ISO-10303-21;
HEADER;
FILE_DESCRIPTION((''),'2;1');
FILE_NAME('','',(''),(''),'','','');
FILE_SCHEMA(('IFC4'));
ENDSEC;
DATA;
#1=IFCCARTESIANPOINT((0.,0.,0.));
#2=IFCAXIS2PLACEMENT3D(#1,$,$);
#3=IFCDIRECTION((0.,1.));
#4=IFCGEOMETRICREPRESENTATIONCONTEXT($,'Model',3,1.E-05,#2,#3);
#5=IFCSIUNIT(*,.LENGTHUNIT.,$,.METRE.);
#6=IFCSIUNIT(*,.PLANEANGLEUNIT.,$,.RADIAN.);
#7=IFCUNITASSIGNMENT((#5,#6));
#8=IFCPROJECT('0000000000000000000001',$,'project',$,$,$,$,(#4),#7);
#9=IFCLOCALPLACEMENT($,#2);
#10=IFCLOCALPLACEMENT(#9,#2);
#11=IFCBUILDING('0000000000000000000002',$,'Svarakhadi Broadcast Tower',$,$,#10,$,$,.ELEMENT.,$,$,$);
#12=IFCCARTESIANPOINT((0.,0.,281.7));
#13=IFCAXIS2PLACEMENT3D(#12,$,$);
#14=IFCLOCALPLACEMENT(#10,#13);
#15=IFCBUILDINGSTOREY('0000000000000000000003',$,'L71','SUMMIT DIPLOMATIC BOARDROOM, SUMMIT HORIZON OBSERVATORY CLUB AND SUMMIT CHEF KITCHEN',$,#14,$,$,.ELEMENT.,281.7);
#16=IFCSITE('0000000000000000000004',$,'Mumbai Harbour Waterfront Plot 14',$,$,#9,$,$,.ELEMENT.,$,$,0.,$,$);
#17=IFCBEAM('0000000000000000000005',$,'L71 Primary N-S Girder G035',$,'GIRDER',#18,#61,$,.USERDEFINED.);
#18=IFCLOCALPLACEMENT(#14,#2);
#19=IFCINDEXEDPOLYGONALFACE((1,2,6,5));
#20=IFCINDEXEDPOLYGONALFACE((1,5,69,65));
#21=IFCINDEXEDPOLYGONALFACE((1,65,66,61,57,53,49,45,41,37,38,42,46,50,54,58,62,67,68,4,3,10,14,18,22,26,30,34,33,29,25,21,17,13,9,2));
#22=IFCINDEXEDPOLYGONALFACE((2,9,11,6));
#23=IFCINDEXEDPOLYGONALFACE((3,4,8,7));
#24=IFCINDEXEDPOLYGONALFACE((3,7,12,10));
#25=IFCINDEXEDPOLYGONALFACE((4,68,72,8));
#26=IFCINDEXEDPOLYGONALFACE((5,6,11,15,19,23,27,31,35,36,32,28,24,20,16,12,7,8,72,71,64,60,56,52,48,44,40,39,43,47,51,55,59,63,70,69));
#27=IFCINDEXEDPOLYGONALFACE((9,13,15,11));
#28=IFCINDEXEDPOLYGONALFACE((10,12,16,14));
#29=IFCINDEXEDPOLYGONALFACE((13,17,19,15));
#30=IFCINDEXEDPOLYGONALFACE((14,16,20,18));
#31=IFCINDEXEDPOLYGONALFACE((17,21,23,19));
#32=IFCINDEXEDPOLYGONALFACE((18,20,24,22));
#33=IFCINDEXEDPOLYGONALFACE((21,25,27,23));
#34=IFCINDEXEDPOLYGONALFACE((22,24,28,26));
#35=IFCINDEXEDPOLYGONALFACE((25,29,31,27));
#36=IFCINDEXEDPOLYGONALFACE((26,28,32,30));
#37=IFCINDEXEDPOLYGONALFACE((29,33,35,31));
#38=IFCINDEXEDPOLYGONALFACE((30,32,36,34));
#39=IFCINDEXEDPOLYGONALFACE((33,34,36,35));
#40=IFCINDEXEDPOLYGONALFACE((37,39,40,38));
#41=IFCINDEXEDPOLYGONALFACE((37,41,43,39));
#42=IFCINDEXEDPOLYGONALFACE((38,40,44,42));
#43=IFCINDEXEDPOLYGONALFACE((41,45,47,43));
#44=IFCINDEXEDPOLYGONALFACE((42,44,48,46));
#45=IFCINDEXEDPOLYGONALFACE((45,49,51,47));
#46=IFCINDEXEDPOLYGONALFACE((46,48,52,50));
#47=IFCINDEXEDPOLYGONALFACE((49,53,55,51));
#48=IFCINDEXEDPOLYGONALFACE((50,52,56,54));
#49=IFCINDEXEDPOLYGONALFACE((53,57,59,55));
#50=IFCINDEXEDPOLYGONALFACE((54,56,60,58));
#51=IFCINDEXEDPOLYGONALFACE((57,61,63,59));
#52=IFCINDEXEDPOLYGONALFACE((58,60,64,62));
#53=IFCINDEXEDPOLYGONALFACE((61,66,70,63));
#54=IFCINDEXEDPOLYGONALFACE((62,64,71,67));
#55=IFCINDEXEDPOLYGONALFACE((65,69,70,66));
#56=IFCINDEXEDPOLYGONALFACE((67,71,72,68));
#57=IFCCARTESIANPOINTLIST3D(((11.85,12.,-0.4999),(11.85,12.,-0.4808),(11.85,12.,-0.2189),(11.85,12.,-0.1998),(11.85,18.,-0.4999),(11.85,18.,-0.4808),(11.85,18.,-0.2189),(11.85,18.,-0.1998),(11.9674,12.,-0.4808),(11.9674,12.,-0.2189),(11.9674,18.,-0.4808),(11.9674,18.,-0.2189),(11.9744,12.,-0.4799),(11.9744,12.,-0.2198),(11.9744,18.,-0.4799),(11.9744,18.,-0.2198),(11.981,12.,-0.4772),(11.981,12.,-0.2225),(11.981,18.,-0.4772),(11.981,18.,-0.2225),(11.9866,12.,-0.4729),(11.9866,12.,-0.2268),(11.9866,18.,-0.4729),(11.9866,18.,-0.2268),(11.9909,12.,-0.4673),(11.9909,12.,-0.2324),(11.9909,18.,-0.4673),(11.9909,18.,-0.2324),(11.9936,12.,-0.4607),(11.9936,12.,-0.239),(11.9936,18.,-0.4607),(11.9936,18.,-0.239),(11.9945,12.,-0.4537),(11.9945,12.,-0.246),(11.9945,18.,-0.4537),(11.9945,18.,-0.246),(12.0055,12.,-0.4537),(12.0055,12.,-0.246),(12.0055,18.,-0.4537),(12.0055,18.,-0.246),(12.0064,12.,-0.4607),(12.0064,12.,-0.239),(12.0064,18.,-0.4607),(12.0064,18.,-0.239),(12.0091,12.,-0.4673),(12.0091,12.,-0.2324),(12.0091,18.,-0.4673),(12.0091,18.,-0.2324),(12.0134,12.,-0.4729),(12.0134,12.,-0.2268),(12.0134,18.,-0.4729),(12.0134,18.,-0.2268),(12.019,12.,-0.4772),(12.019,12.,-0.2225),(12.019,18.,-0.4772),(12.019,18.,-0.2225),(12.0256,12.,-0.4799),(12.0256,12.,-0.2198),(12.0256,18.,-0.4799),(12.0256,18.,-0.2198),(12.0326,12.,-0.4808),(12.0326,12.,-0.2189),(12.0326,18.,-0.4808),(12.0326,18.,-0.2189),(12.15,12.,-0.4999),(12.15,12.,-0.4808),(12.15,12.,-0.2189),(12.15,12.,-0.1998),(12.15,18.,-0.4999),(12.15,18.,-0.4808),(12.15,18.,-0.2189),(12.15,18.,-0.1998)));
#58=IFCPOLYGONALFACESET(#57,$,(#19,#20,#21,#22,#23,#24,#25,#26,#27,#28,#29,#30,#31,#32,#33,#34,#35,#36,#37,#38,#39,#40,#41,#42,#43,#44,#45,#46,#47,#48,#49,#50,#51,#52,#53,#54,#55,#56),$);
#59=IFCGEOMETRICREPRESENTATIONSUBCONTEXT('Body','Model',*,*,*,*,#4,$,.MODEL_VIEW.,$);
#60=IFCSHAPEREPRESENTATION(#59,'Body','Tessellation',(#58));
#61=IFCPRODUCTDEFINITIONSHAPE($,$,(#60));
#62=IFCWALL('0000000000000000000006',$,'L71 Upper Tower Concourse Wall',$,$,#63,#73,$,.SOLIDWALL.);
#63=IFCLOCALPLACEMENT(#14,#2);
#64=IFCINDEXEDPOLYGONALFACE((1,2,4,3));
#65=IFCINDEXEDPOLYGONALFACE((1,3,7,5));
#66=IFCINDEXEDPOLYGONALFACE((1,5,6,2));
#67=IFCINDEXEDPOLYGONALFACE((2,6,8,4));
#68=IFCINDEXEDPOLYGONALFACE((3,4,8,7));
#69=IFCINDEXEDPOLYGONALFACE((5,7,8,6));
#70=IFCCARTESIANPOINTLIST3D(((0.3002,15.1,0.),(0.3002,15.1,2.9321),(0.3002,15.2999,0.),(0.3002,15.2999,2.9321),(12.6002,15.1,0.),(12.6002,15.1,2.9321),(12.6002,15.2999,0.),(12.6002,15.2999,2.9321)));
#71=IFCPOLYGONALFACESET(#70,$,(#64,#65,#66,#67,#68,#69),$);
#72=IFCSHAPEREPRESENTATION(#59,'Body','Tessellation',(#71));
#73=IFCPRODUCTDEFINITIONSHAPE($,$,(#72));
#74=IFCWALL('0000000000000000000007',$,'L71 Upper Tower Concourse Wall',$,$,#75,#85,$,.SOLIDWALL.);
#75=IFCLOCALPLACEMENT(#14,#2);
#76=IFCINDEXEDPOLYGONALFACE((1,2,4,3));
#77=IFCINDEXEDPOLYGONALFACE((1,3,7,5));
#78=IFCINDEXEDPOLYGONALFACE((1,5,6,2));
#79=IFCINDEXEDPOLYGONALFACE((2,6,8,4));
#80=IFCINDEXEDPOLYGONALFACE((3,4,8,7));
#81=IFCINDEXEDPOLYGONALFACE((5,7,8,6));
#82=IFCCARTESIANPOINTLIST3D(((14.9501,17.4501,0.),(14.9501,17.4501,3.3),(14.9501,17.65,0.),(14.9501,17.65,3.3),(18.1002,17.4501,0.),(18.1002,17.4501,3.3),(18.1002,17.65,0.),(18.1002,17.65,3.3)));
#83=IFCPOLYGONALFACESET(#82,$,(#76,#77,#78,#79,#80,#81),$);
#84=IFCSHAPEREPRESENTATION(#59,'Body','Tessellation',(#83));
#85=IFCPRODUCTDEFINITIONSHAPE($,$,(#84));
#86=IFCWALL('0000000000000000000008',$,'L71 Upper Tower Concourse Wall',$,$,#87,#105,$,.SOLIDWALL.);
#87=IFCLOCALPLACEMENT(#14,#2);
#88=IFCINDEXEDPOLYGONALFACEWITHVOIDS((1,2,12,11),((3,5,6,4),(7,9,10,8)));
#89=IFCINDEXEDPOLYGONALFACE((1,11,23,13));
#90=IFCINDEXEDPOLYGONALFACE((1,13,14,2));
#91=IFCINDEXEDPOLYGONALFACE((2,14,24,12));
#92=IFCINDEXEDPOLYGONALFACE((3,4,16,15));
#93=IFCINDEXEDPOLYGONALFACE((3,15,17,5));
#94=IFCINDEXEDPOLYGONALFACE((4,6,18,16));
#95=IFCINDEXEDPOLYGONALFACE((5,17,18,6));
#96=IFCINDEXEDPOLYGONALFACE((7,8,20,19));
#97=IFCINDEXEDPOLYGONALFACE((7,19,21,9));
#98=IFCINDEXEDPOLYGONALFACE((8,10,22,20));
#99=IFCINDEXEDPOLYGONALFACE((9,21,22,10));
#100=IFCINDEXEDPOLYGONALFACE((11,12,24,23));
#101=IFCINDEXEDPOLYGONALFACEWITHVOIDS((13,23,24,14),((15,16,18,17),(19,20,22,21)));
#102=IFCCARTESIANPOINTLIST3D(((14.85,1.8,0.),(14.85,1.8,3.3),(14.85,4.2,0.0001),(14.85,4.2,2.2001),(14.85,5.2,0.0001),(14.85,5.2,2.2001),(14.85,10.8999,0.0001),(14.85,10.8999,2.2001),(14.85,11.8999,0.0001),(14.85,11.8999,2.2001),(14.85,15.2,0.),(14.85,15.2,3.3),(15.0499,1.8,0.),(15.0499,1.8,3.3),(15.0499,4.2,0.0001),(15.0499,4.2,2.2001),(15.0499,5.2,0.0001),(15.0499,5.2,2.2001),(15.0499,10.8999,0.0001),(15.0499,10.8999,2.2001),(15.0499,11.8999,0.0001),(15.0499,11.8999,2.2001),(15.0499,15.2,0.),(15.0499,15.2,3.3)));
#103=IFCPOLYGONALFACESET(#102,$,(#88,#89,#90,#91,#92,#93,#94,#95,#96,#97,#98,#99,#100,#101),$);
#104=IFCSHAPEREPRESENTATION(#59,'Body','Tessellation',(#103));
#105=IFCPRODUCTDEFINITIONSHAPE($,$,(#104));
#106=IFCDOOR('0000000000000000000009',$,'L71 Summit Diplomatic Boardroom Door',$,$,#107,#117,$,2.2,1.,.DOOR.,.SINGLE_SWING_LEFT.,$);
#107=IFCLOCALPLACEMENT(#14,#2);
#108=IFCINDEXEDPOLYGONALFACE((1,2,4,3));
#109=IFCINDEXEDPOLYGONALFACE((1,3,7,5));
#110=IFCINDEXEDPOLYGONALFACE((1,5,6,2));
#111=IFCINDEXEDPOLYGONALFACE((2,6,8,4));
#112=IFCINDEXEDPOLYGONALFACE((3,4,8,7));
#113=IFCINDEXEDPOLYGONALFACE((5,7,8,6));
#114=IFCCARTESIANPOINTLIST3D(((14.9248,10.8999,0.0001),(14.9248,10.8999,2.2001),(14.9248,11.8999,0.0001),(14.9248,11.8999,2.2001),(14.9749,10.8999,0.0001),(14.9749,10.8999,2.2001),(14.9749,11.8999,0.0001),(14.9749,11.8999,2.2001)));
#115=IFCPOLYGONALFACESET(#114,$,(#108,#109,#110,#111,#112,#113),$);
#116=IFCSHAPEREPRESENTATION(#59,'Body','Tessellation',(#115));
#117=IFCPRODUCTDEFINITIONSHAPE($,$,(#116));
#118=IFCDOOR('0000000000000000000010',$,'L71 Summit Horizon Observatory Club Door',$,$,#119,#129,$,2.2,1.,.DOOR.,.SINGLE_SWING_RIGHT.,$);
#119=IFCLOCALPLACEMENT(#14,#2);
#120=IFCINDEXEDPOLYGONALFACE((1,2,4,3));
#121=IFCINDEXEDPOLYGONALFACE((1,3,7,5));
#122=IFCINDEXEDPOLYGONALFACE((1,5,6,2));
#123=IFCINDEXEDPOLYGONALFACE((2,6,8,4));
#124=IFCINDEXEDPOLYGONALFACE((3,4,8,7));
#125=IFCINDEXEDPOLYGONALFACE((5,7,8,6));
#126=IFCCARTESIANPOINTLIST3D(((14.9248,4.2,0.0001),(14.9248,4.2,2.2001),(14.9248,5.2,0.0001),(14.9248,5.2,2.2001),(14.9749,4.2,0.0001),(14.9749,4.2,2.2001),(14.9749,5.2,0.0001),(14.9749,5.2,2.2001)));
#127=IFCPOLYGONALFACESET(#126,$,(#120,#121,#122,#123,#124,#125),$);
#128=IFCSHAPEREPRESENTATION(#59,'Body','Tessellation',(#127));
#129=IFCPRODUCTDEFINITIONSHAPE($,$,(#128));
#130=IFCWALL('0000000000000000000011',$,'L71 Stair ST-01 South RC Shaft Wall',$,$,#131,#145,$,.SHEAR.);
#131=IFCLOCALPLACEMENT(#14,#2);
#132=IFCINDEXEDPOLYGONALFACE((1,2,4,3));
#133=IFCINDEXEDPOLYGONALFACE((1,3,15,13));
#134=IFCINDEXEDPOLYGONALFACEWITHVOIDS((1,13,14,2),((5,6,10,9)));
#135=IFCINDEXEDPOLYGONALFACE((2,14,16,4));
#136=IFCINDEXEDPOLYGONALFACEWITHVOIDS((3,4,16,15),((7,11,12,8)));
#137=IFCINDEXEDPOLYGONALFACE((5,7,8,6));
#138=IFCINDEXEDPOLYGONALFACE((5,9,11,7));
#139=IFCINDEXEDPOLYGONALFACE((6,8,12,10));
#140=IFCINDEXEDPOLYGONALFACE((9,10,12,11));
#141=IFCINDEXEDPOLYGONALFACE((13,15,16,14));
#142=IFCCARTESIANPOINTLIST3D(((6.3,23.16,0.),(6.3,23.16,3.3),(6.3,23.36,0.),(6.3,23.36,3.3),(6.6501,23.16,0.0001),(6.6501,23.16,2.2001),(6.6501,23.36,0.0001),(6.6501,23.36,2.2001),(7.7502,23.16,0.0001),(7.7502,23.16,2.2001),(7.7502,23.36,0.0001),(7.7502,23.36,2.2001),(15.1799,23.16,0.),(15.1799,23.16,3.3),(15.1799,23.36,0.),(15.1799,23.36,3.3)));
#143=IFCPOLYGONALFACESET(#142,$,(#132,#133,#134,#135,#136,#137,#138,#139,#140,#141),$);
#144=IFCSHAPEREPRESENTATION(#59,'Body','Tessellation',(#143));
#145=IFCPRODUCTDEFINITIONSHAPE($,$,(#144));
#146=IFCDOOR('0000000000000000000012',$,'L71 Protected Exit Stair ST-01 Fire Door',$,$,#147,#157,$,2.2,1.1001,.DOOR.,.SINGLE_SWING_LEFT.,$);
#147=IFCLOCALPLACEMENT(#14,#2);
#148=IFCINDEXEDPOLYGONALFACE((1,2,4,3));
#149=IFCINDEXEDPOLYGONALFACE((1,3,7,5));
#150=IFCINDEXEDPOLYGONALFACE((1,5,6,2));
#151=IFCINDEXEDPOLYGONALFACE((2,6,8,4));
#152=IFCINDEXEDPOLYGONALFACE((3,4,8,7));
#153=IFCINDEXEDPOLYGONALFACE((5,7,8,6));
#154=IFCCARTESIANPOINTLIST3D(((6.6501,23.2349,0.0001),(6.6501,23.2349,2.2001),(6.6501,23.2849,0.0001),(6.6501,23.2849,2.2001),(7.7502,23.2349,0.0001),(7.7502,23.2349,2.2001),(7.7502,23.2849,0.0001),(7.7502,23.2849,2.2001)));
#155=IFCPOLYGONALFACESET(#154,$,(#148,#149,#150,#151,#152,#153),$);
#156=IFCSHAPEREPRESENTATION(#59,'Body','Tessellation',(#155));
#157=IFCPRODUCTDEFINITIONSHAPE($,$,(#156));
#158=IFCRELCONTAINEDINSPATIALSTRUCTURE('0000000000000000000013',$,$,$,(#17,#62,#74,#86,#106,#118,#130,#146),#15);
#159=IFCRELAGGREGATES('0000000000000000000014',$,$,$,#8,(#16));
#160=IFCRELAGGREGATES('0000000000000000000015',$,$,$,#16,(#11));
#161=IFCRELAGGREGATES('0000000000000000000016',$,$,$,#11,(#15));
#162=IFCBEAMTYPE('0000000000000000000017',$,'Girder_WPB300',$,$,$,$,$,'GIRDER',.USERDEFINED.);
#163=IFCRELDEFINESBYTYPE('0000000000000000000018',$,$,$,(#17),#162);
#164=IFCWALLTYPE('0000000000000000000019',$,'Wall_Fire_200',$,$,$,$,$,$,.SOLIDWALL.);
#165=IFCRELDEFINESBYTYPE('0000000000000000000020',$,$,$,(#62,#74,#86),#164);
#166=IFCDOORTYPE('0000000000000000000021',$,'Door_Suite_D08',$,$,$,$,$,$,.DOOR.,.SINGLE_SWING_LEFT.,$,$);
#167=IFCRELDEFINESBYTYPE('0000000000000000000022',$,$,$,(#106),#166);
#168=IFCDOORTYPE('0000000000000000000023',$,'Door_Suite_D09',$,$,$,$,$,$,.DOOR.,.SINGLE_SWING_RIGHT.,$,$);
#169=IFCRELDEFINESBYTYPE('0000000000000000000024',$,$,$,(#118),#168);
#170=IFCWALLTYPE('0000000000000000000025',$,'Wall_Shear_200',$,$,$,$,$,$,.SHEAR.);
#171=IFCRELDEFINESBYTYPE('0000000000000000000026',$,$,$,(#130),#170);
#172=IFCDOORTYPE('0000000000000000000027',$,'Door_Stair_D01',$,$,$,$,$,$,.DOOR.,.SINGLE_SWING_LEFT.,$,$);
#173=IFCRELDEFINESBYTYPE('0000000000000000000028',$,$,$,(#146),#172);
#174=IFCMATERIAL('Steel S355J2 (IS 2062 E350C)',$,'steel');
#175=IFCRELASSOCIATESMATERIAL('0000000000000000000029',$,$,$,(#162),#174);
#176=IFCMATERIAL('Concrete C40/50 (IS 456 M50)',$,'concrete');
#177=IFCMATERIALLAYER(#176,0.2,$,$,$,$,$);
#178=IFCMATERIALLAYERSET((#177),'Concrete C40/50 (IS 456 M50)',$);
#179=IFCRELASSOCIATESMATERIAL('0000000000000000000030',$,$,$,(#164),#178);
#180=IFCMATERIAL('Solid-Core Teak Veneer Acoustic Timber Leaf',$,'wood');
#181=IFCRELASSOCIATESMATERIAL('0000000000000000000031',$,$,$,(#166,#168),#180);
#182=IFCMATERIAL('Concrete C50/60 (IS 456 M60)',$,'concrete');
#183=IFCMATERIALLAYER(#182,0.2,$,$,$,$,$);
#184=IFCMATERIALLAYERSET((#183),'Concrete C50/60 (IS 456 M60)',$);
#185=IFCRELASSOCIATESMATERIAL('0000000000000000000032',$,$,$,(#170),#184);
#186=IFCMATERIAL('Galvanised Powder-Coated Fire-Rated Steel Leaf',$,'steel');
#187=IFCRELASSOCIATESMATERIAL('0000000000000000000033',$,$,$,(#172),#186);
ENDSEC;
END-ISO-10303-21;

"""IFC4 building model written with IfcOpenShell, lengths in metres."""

from ifc_helpers import new_model, si_unit, direction, frame, frame_2d, origin, origin_2d, place, context, subcontext, project, spatial, rectangle, i_section, extrude, material, layer, layer_set, material_profile, profile_set, type_object, element, fill, save


model = new_model("IFC4")

# Units and contexts
model_context = context("Model", 3, precision=1e-05, world=origin(), true_north=direction((0.0, 1.0)))
body_context = subcontext(model_context, "Body", "Model", "MODEL_VIEW")
ifc_project = project(units=[si_unit("LENGTHUNIT", "METRE"), si_unit("PLANEANGLEUNIT", "RADIAN")], contexts=[model_context])

# Site, building, storey
site_placement = place(None, origin())
site = spatial("IfcSite", under=ifc_project, at=site_placement, Name="Mumbai Harbour Waterfront Plot 14", CompositionType="ELEMENT", RefElevation=0.0)
building_placement = place(site_placement, origin())
building = spatial("IfcBuilding", under=site, at=building_placement, Name="Svarakhadi Broadcast Tower", CompositionType="ELEMENT")
storey_placement = place(building_placement, frame((0.0, 0.0, 281.7)))
storey = spatial("IfcBuildingStorey", under=building, at=storey_placement, Name="L71", Description="SUMMIT DIPLOMATIC BOARDROOM, SUMMIT HORIZON OBSERVATORY CLUB AND SUMMIT CHEF KITCHEN", CompositionType="ELEMENT", Elevation=281.7)

# Shared definitions
ifc_material_1 = material(Name="Concrete C50/60 (IS 456 M60)", Category="concrete")

# Beam
ifc_material_2 = material(Name="Steel S355J2 (IS 2062 E350C)", Category="steel")
ifc_material_profile_1 = material_profile(ifc_material_2, i_section(OverallWidth=0.3, OverallDepth=0.3, WebThickness=0.011, FlangeThickness=0.019, FilletRadius=0.0271, at=origin_2d()), Name="WPB 300x300x117")
ifc_profile_set_1 = profile_set([ifc_material_profile_1], Name="Steel S355J2 (IS 2062 E350C)")
beam_type_1 = type_object("IfcBeamType", Name="Girder_WPB300", ElementType="GIRDER", PredefinedType="USERDEFINED", material=ifc_profile_set_1)
for number, where, z_axis, x_axis, name in (
    (1, (12.0, 12.0, -0.3499), (0.0, 1.0, 0.0), (-1.0, 0.0, 0.0), "L71 Primary N-S Girder G035"),
):
    element("IfcBeam", number, at=place(storey_placement, frame(where, z_axis=z_axis, x_axis=x_axis)), inside=storey, type_object=beam_type_1, Name=name, ObjectType="GIRDER", PredefinedType="USERDEFINED", context=body_context, shape_type="SweptSolid", body=[
        extrude(i_section(OverallWidth=0.3, OverallDepth=0.3, WebThickness=0.011, FlangeThickness=0.019, FilletRadius=0.0271, at=origin_2d()), origin(), (0.0, 0.0, 1.0), 6.0),
    ])

# Walls
ifc_material_3 = material(Name="Concrete C40/50 (IS 456 M50)", Category="concrete")
ifc_layer_1 = layer(ifc_material_3, 0.2)
ifc_layer_set_1 = layer_set([ifc_layer_1], Name="Concrete C40/50 (IS 456 M50)")
wall_type_1 = type_object("IfcWallType", Name="Wall_Fire_200", PredefinedType="SOLIDWALL", material=ifc_layer_set_1)
wall_1_placement = place(storey_placement, frame((12.6001, 15.2, 0.0), z_axis=(0.0, 0.0, 1.0), x_axis=(-1.0, 0.0, 0.0)))
element("IfcWall", 2, at=wall_1_placement, inside=storey, type_object=wall_type_1, Name="L71 Upper Tower Concourse Wall", PredefinedType="SOLIDWALL", context=body_context, shape_type="SweptSolid", body=[
    extrude(rectangle(XDim=12.3, YDim=0.2, at=frame_2d((6.1499, 0.0))), origin(), (0.0, 0.0, 1.0), 2.9321),
])
wall_2_placement = place(storey_placement, frame((14.95, 17.55, 0.0), z_axis=(0.0, 0.0, 1.0), x_axis=(1.0, 0.0, 0.0)))
element("IfcWall", 3, at=wall_2_placement, inside=storey, type_object=wall_type_1, Name="L71 Upper Tower Concourse Wall", PredefinedType="SOLIDWALL", context=body_context, shape_type="SweptSolid", body=[
    extrude(rectangle(XDim=3.1501, YDim=0.2, at=frame_2d((1.5752, 0.0))), origin(), (0.0, 0.0, 1.0), 3.3),
])

# Wall, openings, doors
wall_3_placement = place(storey_placement, frame((14.95, 15.2, 0.0), z_axis=(0.0, 0.0, 1.0), x_axis=(0.0, -1.0, 0.0)))
wall_3 = element("IfcWall", 4, at=wall_3_placement, inside=storey, type_object=wall_type_1, Name="L71 Upper Tower Concourse Wall", PredefinedType="SOLIDWALL", context=body_context, shape_type="SweptSolid", body=[
    extrude(rectangle(XDim=13.3999, YDim=0.2, at=frame_2d((6.7, 0.0))), origin(), (0.0, 0.0, 1.0), 3.3),
])
opening_1_placement = place(wall_3_placement, frame((10.0, 0.0, 0.0)))
opening_1 = element("IfcOpeningElement", 5, at=opening_1_placement, cuts=wall_3, PredefinedType="OPENING", context=body_context, shape_type="SweptSolid", body=[
    extrude(rectangle(XDim=1.0, YDim=2.2, at=frame_2d((0.5, 1.1001))), frame((0.0, 0.1099, 0.0), z_axis=(0.0, -1.0, 0.0), x_axis=(1.0, 0.0, 0.0)), (0.0, 0.0, 1.0), 0.22),
])
opening_2_placement = place(wall_3_placement, frame((3.3, 0.0, 0.0)))
opening_2 = element("IfcOpeningElement", 6, at=opening_2_placement, cuts=wall_3, PredefinedType="OPENING", context=body_context, shape_type="SweptSolid", body=[
    extrude(rectangle(XDim=1.0, YDim=2.2, at=frame_2d((0.5, 1.1001))), frame((0.0, 0.1099, 0.0), z_axis=(0.0, -1.0, 0.0), x_axis=(1.0, 0.0, 0.0)), (0.0, 0.0, 1.0), 0.22),
])
ifc_material_4 = material(Name="Solid-Core Teak Veneer Acoustic Timber Leaf", Category="wood")
door_type_1 = type_object("IfcDoorType", Name="Door_Suite_D08", OperationType="SINGLE_SWING_LEFT", PredefinedType="DOOR", material=ifc_material_4)
door_1_placement = place(opening_2_placement, origin())
door_1 = element("IfcDoor", 7, at=door_1_placement, inside=storey, type_object=door_type_1, Name="L71 Summit Diplomatic Boardroom Door", OperationType="SINGLE_SWING_LEFT", OverallHeight=2.2, OverallWidth=1.0, PredefinedType="DOOR", context=body_context, shape_type="SweptSolid", body=[
    extrude(rectangle(XDim=1.0, YDim=2.2, at=frame_2d((0.5, 1.1001))), frame((0.0, 0.0249, 0.0), z_axis=(0.0, -1.0, 0.0), x_axis=(1.0, 0.0, 0.0)), (0.0, 0.0, 1.0), 0.05),
])
fill(opening_2, door_1)
door_type_2 = type_object("IfcDoorType", Name="Door_Suite_D09", OperationType="SINGLE_SWING_RIGHT", PredefinedType="DOOR", material=ifc_material_4)
door_2_placement = place(opening_1_placement, origin())
door_2 = element("IfcDoor", 8, at=door_2_placement, inside=storey, type_object=door_type_2, Name="L71 Summit Horizon Observatory Club Door", OperationType="SINGLE_SWING_RIGHT", OverallHeight=2.2, OverallWidth=1.0, PredefinedType="DOOR", context=body_context, shape_type="SweptSolid", body=[
    extrude(rectangle(XDim=1.0, YDim=2.2, at=frame_2d((0.5, 1.1001))), frame((0.0, 0.0249, 0.0), z_axis=(0.0, -1.0, 0.0), x_axis=(1.0, 0.0, 0.0)), (0.0, 0.0, 1.0), 0.05),
])
fill(opening_1, door_2)

# Wall, opening, door
ifc_layer_2 = layer(ifc_material_1, 0.2)
ifc_layer_set_2 = layer_set([ifc_layer_2], Name="Concrete C50/60 (IS 456 M60)")
wall_type_2 = type_object("IfcWallType", Name="Wall_Shear_200", PredefinedType="SHEAR", material=ifc_layer_set_2)
wall_4_placement = place(storey_placement, frame((6.3, 23.26, 0.0), z_axis=(0.0, 0.0, 1.0), x_axis=(1.0, 0.0, 0.0)))
wall_4 = element("IfcWall", 9, at=wall_4_placement, inside=storey, type_object=wall_type_2, Name="L71 Stair ST-01 South RC Shaft Wall", PredefinedType="SHEAR", context=body_context, shape_type="SweptSolid", body=[
    extrude(rectangle(XDim=8.8799, YDim=0.2, at=frame_2d((4.4399, 0.0))), origin(), (0.0, 0.0, 1.0), 3.3),
])
opening_3_placement = place(wall_4_placement, frame((0.3501, 0.0, 0.0)))
opening_3 = element("IfcOpeningElement", 10, at=opening_3_placement, cuts=wall_4, PredefinedType="OPENING", context=body_context, shape_type="SweptSolid", body=[
    extrude(rectangle(XDim=1.1001, YDim=2.2, at=frame_2d((0.55, 1.1001))), frame((0.0, 0.1099, 0.0), z_axis=(0.0, -1.0, 0.0), x_axis=(1.0, 0.0, 0.0)), (0.0, 0.0, 1.0), 0.22),
])
ifc_material_5 = material(Name="Galvanised Powder-Coated Fire-Rated Steel Leaf", Category="steel")
door_type_3 = type_object("IfcDoorType", Name="Door_Stair_D01", OperationType="SINGLE_SWING_LEFT", PredefinedType="DOOR", material=ifc_material_5)
door_3_placement = place(opening_3_placement, origin())
door_3 = element("IfcDoor", 11, at=door_3_placement, inside=storey, type_object=door_type_3, Name="L71 Protected Exit Stair ST-01 Fire Door", OperationType="SINGLE_SWING_LEFT", OverallHeight=2.2, OverallWidth=1.1001, PredefinedType="DOOR", context=body_context, shape_type="SweptSolid", body=[
    extrude(rectangle(XDim=1.1001, YDim=2.2, at=frame_2d((0.55, 1.1001))), frame((0.0, 0.0249, 0.0), z_axis=(0.0, -1.0, 0.0), x_axis=(1.0, 0.0, 0.0)), (0.0, 0.0, 1.0), 0.05),
])
fill(opening_3, door_3)

save(model, "model.ifc")
